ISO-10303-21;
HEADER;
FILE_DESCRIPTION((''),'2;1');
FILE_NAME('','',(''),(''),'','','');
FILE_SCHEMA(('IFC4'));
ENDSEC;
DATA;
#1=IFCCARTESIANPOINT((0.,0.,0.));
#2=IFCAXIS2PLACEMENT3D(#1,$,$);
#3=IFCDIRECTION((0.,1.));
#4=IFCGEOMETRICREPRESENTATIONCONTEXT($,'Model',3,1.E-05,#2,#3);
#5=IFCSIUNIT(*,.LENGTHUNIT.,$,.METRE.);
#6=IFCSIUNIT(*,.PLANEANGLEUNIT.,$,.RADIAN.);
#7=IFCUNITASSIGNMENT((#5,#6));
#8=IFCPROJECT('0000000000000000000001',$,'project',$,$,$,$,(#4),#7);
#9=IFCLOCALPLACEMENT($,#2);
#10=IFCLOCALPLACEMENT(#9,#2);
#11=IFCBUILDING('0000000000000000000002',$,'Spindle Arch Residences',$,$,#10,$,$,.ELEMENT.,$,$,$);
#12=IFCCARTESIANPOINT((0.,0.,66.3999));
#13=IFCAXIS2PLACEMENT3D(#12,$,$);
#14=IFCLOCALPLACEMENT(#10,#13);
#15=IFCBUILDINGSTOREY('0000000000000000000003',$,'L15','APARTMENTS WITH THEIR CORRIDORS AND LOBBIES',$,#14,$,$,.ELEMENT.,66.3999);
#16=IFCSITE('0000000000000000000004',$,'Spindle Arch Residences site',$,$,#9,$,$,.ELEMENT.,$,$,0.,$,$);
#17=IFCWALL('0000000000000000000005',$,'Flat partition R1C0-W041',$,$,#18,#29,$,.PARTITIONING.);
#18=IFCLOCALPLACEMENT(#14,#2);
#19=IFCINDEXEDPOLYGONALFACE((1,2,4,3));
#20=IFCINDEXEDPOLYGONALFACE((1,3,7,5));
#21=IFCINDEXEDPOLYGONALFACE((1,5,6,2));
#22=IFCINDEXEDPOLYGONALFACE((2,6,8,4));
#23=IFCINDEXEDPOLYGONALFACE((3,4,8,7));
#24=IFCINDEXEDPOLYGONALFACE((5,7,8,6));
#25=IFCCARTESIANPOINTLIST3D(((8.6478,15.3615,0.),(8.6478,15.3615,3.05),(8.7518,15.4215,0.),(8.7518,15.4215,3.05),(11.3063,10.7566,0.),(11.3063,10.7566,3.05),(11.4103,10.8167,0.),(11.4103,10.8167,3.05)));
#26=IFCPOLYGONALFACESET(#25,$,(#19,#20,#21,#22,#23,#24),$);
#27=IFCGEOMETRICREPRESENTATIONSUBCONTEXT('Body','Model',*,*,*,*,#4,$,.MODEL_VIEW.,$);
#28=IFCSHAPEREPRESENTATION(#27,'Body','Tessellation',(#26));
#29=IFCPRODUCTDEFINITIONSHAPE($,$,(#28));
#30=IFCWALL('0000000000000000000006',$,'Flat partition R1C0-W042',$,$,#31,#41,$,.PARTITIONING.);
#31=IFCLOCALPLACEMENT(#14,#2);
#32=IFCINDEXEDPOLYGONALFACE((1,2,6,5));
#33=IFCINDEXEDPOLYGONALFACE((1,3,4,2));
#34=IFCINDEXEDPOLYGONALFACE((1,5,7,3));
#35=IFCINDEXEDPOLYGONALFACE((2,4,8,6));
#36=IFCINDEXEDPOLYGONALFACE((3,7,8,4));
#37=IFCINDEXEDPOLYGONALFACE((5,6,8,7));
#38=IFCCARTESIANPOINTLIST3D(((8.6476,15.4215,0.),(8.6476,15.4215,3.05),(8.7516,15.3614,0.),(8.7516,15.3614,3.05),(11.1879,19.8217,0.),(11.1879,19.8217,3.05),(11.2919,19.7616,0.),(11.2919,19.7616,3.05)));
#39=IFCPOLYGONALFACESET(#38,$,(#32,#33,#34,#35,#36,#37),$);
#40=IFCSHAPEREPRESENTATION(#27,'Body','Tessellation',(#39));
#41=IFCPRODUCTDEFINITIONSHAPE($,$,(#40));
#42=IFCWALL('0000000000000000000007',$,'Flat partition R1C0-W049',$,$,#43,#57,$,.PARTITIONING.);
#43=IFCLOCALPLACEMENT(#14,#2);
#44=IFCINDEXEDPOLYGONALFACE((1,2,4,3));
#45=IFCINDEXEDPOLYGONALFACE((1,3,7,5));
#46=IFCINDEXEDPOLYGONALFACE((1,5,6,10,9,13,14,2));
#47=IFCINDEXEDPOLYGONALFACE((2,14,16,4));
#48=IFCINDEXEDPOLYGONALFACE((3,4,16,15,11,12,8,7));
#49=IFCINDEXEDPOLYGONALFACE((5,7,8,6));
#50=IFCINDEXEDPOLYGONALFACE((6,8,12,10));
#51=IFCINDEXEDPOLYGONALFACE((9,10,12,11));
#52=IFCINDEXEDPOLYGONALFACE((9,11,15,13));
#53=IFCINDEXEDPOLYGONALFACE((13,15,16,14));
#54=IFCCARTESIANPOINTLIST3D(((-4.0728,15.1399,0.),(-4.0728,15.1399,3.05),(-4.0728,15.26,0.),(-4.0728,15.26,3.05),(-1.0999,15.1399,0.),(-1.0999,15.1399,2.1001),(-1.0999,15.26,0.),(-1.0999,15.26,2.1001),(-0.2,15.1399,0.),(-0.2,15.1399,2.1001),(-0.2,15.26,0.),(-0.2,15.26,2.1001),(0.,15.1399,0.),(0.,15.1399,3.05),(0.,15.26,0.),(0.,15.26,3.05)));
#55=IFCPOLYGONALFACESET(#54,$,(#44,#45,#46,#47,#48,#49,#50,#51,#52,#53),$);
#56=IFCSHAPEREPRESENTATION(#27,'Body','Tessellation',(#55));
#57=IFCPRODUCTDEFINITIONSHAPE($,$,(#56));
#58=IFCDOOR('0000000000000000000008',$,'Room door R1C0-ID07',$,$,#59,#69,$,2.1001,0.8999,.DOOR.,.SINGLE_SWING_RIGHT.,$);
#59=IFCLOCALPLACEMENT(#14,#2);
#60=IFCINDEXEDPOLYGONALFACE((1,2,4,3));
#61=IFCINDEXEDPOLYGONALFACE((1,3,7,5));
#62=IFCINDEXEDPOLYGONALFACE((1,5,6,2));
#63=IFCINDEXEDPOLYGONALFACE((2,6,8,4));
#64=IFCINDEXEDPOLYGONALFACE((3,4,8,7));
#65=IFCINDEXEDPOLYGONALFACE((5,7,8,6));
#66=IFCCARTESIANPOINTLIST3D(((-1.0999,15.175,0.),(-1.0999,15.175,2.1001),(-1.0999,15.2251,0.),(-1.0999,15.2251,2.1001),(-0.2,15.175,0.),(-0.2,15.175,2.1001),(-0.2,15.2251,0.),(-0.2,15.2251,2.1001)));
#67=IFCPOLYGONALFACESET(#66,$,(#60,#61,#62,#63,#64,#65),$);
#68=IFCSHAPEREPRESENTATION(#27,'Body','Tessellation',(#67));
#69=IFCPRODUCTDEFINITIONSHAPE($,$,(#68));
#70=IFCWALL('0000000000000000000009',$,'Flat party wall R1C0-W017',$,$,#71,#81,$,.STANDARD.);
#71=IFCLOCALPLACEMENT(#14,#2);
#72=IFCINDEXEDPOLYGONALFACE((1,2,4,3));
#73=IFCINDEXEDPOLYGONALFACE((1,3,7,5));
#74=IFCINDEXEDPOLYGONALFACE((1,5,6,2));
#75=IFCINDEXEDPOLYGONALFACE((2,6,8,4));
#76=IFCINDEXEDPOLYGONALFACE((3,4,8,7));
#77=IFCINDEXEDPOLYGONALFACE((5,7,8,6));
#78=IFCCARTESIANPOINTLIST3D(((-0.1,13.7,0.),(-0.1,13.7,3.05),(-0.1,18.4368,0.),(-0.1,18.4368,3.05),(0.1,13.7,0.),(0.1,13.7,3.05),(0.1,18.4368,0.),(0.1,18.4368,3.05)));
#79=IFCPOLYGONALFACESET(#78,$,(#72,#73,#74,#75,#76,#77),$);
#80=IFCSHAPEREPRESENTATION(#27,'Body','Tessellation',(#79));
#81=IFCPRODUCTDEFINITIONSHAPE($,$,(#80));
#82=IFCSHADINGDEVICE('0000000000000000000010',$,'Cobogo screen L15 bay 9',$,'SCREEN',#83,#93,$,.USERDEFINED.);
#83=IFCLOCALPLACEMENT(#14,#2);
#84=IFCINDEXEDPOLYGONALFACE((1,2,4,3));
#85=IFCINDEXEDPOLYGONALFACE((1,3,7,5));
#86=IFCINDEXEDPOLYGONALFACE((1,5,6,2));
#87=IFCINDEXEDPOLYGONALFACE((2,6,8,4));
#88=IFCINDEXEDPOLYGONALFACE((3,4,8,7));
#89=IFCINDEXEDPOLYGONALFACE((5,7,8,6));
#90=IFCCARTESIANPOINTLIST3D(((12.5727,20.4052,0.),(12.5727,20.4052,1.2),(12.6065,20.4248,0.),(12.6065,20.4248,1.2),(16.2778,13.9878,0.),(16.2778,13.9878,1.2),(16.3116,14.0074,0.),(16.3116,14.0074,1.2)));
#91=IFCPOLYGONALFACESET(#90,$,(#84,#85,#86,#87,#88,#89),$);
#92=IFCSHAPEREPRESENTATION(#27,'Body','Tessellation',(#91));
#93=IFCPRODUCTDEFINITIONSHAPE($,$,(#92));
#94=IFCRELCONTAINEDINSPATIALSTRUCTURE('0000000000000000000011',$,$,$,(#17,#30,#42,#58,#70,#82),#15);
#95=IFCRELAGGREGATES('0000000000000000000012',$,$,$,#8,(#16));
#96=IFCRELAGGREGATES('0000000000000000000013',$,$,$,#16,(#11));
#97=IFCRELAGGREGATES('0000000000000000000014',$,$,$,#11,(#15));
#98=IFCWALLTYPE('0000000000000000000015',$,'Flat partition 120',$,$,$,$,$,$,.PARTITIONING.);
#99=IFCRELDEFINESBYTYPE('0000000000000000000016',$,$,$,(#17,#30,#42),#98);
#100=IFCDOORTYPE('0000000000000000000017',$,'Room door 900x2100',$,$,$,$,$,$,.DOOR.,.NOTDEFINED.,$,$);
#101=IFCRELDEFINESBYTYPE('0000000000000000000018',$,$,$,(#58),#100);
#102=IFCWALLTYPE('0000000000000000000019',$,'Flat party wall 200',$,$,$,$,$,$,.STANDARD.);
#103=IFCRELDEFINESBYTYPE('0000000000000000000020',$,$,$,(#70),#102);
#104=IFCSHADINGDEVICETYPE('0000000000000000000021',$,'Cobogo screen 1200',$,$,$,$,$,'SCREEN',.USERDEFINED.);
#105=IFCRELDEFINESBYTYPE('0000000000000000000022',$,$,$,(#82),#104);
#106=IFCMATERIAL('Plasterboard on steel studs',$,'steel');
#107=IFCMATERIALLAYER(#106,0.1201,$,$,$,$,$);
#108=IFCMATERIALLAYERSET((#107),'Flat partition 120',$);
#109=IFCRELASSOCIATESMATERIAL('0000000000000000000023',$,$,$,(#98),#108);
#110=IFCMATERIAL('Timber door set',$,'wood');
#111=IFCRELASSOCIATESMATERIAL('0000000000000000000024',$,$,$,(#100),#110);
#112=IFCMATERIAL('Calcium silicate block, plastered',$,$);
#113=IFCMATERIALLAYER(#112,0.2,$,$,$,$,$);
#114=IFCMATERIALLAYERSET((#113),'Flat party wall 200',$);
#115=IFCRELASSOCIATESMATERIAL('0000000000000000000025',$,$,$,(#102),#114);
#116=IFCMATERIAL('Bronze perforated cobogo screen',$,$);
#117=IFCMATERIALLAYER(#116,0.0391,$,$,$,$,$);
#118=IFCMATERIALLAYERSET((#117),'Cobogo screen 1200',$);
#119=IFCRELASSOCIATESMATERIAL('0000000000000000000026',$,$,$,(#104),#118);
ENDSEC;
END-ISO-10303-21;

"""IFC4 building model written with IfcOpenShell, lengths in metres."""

from ifc_helpers import new_model, si_unit, direction, frame, frame_2d, origin, origin_2d, place, context, subcontext, project, spatial, rectangle, extrude, material, layer, layer_set, type_object, element, fill, save


model = new_model("IFC4")

# Units and contexts
model_context = context("Model", 3, precision=1e-05, world=origin(), true_north=direction((0.0, 1.0)))
body_context = subcontext(model_context, "Body", "Model", "MODEL_VIEW")
ifc_project = project(units=[si_unit("LENGTHUNIT", "METRE"), si_unit("PLANEANGLEUNIT", "RADIAN")], contexts=[model_context])

# Site, building, storey
site_placement = place(None, origin())
site = spatial("IfcSite", under=ifc_project, at=site_placement, Name="Spindle Arch Residences site", CompositionType="ELEMENT", RefElevation=0.0)
building_placement = place(site_placement, origin())
building = spatial("IfcBuilding", under=site, at=building_placement, Name="Spindle Arch Residences", CompositionType="ELEMENT")
storey_placement = place(building_placement, frame((0.0, 0.0, 66.3999)))
storey = spatial("IfcBuildingStorey", under=building, at=storey_placement, Name="L15", Description="APARTMENTS WITH THEIR CORRIDORS AND LOBBIES", CompositionType="ELEMENT", Elevation=66.3999)

# Shared definitions
ifc_material_1 = material(Name="Plasterboard on steel studs", Category="steel")
ifc_layer_1 = layer(ifc_material_1, 0.1201)
ifc_layer_set_1 = layer_set([ifc_layer_1], Name="Flat partition 120")
wall_type_1 = type_object("IfcWallType", Name="Flat partition 120", PredefinedType="PARTITIONING", material=ifc_layer_set_1)
ifc_material_2 = material(Name="Timber door set", Category="wood")
door_type_1 = type_object("IfcDoorType", Name="Room door 900x2100", OperationType="NOTDEFINED", PredefinedType="DOOR", material=ifc_material_2)

# Walls
wall_1_placement = place(storey_placement, frame((8.6997, 15.3916, 0.0), z_axis=(0.0, 0.0, 1.0), x_axis=(0.499986, -0.866033, 0.0)))
element("IfcWall", 1, at=wall_1_placement, inside=storey, type_object=wall_type_1, Name="Flat partition R1C0-W041", PredefinedType="PARTITIONING", context=body_context, shape_type="SweptSolid", body=[
    extrude(rectangle(XDim=5.3171, YDim=0.1201, at=frame_2d((2.6587, 0.0))), origin(), (0.0, 0.0, 1.0), 3.05),
])
wall_2_placement = place(storey_placement, frame((11.24, 19.7917, 0.0), z_axis=(0.0, 0.0, 1.0), x_axis=(-0.499979, -0.866038, 0.0)))
element("IfcWall", 2, at=wall_2_placement, inside=storey, type_object=wall_type_1, Name="Flat partition R1C0-W042", PredefinedType="PARTITIONING", context=body_context, shape_type="SweptSolid", body=[
    extrude(rectangle(XDim=5.0808, YDim=0.1201, at=frame_2d((2.5405, 0.0))), origin(), (0.0, 0.0, 1.0), 3.05),
])

# Wall, opening, door
wall_3_placement = place(storey_placement, frame((0.0, 15.2, 0.0), z_axis=(0.0, 0.0, 1.0), x_axis=(-1.0, 0.0, 0.0)))
wall_3 = element("IfcWall", 3, at=wall_3_placement, inside=storey, type_object=wall_type_1, Name="Flat partition R1C0-W049", PredefinedType="PARTITIONING", context=body_context, shape_type="SweptSolid", body=[
    extrude(rectangle(XDim=4.0728, YDim=0.1201, at=frame_2d((2.0364, 0.0))), origin(), (0.0, 0.0, 1.0), 3.05),
])
opening_1_placement = place(wall_3_placement, frame((0.2, 0.0, 0.0)))
opening_1 = element("IfcOpeningElement", 4, at=opening_1_placement, cuts=wall_3, PredefinedType="OPENING", context=body_context, shape_type="SweptSolid", body=[
    extrude(rectangle(XDim=0.8999, YDim=2.1001, at=frame_2d((0.45, 1.05))), frame((0.0, 0.0701, 0.0), z_axis=(0.0, -1.0, 0.0), x_axis=(1.0, 0.0, 0.0)), (0.0, 0.0, 1.0), 0.1401),
])
door_1_placement = place(opening_1_placement, origin())
door_1 = element("IfcDoor", 5, at=door_1_placement, inside=storey, type_object=door_type_1, Name="Room door R1C0-ID07", OperationType="SINGLE_SWING_RIGHT", OverallHeight=2.1001, OverallWidth=0.8999, PredefinedType="DOOR", context=body_context, shape_type="SweptSolid", body=[
    extrude(rectangle(XDim=0.8999, YDim=2.1001, at=frame_2d((0.45, 1.05))), frame((0.0, 0.0249, 0.0), z_axis=(0.0, -1.0, 0.0), x_axis=(1.0, 0.0, 0.0)), (0.0, 0.0, 1.0), 0.05),
])
fill(opening_1, door_1)

# Wall
ifc_material_3 = material(Name="Calcium silicate block, plastered")
ifc_layer_2 = layer(ifc_material_3, 0.2)
ifc_layer_set_2 = layer_set([ifc_layer_2], Name="Flat party wall 200")
wall_type_2 = type_object("IfcWallType", Name="Flat party wall 200", PredefinedType="STANDARD", material=ifc_layer_set_2)
wall_4_placement = place(storey_placement, frame((0.0, 18.4368, 0.0), z_axis=(0.0, 0.0, 1.0), x_axis=(0.0, -1.0, 0.0)))
element("IfcWall", 6, at=wall_4_placement, inside=storey, type_object=wall_type_2, Name="Flat party wall R1C0-W017", PredefinedType="STANDARD", context=body_context, shape_type="SweptSolid", body=[
    extrude(rectangle(XDim=4.7368, YDim=0.2, at=frame_2d((2.3684, 0.0))), origin(), (0.0, 0.0, 1.0), 3.05),
])

# Shading device
ifc_material_4 = material(Name="Bronze perforated cobogo screen")
ifc_layer_3 = layer(ifc_material_4, 0.0391)
ifc_layer_set_3 = layer_set([ifc_layer_3], Name="Cobogo screen 1200")
shading_device_type = type_object("IfcShadingDeviceType", Name="Cobogo screen 1200", ElementType="SCREEN", PredefinedType="USERDEFINED", material=ifc_layer_set_3)
shading_device_placement = place(storey_placement, frame((14.4421, 17.2063, 0.0), z_axis=(0.0, 0.0, 1.0), x_axis=(-0.5, 0.866025, 0.0)))
element("IfcShadingDevice", 7, at=shading_device_placement, inside=storey, type_object=shading_device_type, Name="Cobogo screen L15 bay 9", ObjectType="SCREEN", PredefinedType="USERDEFINED", context=body_context, shape_type="SweptSolid", body=[
    extrude(rectangle(XDim=7.4102, YDim=0.0391, at=origin_2d()), origin(), (0.0, 0.0, 1.0), 1.2),
])

save(model, "model.ifc")
